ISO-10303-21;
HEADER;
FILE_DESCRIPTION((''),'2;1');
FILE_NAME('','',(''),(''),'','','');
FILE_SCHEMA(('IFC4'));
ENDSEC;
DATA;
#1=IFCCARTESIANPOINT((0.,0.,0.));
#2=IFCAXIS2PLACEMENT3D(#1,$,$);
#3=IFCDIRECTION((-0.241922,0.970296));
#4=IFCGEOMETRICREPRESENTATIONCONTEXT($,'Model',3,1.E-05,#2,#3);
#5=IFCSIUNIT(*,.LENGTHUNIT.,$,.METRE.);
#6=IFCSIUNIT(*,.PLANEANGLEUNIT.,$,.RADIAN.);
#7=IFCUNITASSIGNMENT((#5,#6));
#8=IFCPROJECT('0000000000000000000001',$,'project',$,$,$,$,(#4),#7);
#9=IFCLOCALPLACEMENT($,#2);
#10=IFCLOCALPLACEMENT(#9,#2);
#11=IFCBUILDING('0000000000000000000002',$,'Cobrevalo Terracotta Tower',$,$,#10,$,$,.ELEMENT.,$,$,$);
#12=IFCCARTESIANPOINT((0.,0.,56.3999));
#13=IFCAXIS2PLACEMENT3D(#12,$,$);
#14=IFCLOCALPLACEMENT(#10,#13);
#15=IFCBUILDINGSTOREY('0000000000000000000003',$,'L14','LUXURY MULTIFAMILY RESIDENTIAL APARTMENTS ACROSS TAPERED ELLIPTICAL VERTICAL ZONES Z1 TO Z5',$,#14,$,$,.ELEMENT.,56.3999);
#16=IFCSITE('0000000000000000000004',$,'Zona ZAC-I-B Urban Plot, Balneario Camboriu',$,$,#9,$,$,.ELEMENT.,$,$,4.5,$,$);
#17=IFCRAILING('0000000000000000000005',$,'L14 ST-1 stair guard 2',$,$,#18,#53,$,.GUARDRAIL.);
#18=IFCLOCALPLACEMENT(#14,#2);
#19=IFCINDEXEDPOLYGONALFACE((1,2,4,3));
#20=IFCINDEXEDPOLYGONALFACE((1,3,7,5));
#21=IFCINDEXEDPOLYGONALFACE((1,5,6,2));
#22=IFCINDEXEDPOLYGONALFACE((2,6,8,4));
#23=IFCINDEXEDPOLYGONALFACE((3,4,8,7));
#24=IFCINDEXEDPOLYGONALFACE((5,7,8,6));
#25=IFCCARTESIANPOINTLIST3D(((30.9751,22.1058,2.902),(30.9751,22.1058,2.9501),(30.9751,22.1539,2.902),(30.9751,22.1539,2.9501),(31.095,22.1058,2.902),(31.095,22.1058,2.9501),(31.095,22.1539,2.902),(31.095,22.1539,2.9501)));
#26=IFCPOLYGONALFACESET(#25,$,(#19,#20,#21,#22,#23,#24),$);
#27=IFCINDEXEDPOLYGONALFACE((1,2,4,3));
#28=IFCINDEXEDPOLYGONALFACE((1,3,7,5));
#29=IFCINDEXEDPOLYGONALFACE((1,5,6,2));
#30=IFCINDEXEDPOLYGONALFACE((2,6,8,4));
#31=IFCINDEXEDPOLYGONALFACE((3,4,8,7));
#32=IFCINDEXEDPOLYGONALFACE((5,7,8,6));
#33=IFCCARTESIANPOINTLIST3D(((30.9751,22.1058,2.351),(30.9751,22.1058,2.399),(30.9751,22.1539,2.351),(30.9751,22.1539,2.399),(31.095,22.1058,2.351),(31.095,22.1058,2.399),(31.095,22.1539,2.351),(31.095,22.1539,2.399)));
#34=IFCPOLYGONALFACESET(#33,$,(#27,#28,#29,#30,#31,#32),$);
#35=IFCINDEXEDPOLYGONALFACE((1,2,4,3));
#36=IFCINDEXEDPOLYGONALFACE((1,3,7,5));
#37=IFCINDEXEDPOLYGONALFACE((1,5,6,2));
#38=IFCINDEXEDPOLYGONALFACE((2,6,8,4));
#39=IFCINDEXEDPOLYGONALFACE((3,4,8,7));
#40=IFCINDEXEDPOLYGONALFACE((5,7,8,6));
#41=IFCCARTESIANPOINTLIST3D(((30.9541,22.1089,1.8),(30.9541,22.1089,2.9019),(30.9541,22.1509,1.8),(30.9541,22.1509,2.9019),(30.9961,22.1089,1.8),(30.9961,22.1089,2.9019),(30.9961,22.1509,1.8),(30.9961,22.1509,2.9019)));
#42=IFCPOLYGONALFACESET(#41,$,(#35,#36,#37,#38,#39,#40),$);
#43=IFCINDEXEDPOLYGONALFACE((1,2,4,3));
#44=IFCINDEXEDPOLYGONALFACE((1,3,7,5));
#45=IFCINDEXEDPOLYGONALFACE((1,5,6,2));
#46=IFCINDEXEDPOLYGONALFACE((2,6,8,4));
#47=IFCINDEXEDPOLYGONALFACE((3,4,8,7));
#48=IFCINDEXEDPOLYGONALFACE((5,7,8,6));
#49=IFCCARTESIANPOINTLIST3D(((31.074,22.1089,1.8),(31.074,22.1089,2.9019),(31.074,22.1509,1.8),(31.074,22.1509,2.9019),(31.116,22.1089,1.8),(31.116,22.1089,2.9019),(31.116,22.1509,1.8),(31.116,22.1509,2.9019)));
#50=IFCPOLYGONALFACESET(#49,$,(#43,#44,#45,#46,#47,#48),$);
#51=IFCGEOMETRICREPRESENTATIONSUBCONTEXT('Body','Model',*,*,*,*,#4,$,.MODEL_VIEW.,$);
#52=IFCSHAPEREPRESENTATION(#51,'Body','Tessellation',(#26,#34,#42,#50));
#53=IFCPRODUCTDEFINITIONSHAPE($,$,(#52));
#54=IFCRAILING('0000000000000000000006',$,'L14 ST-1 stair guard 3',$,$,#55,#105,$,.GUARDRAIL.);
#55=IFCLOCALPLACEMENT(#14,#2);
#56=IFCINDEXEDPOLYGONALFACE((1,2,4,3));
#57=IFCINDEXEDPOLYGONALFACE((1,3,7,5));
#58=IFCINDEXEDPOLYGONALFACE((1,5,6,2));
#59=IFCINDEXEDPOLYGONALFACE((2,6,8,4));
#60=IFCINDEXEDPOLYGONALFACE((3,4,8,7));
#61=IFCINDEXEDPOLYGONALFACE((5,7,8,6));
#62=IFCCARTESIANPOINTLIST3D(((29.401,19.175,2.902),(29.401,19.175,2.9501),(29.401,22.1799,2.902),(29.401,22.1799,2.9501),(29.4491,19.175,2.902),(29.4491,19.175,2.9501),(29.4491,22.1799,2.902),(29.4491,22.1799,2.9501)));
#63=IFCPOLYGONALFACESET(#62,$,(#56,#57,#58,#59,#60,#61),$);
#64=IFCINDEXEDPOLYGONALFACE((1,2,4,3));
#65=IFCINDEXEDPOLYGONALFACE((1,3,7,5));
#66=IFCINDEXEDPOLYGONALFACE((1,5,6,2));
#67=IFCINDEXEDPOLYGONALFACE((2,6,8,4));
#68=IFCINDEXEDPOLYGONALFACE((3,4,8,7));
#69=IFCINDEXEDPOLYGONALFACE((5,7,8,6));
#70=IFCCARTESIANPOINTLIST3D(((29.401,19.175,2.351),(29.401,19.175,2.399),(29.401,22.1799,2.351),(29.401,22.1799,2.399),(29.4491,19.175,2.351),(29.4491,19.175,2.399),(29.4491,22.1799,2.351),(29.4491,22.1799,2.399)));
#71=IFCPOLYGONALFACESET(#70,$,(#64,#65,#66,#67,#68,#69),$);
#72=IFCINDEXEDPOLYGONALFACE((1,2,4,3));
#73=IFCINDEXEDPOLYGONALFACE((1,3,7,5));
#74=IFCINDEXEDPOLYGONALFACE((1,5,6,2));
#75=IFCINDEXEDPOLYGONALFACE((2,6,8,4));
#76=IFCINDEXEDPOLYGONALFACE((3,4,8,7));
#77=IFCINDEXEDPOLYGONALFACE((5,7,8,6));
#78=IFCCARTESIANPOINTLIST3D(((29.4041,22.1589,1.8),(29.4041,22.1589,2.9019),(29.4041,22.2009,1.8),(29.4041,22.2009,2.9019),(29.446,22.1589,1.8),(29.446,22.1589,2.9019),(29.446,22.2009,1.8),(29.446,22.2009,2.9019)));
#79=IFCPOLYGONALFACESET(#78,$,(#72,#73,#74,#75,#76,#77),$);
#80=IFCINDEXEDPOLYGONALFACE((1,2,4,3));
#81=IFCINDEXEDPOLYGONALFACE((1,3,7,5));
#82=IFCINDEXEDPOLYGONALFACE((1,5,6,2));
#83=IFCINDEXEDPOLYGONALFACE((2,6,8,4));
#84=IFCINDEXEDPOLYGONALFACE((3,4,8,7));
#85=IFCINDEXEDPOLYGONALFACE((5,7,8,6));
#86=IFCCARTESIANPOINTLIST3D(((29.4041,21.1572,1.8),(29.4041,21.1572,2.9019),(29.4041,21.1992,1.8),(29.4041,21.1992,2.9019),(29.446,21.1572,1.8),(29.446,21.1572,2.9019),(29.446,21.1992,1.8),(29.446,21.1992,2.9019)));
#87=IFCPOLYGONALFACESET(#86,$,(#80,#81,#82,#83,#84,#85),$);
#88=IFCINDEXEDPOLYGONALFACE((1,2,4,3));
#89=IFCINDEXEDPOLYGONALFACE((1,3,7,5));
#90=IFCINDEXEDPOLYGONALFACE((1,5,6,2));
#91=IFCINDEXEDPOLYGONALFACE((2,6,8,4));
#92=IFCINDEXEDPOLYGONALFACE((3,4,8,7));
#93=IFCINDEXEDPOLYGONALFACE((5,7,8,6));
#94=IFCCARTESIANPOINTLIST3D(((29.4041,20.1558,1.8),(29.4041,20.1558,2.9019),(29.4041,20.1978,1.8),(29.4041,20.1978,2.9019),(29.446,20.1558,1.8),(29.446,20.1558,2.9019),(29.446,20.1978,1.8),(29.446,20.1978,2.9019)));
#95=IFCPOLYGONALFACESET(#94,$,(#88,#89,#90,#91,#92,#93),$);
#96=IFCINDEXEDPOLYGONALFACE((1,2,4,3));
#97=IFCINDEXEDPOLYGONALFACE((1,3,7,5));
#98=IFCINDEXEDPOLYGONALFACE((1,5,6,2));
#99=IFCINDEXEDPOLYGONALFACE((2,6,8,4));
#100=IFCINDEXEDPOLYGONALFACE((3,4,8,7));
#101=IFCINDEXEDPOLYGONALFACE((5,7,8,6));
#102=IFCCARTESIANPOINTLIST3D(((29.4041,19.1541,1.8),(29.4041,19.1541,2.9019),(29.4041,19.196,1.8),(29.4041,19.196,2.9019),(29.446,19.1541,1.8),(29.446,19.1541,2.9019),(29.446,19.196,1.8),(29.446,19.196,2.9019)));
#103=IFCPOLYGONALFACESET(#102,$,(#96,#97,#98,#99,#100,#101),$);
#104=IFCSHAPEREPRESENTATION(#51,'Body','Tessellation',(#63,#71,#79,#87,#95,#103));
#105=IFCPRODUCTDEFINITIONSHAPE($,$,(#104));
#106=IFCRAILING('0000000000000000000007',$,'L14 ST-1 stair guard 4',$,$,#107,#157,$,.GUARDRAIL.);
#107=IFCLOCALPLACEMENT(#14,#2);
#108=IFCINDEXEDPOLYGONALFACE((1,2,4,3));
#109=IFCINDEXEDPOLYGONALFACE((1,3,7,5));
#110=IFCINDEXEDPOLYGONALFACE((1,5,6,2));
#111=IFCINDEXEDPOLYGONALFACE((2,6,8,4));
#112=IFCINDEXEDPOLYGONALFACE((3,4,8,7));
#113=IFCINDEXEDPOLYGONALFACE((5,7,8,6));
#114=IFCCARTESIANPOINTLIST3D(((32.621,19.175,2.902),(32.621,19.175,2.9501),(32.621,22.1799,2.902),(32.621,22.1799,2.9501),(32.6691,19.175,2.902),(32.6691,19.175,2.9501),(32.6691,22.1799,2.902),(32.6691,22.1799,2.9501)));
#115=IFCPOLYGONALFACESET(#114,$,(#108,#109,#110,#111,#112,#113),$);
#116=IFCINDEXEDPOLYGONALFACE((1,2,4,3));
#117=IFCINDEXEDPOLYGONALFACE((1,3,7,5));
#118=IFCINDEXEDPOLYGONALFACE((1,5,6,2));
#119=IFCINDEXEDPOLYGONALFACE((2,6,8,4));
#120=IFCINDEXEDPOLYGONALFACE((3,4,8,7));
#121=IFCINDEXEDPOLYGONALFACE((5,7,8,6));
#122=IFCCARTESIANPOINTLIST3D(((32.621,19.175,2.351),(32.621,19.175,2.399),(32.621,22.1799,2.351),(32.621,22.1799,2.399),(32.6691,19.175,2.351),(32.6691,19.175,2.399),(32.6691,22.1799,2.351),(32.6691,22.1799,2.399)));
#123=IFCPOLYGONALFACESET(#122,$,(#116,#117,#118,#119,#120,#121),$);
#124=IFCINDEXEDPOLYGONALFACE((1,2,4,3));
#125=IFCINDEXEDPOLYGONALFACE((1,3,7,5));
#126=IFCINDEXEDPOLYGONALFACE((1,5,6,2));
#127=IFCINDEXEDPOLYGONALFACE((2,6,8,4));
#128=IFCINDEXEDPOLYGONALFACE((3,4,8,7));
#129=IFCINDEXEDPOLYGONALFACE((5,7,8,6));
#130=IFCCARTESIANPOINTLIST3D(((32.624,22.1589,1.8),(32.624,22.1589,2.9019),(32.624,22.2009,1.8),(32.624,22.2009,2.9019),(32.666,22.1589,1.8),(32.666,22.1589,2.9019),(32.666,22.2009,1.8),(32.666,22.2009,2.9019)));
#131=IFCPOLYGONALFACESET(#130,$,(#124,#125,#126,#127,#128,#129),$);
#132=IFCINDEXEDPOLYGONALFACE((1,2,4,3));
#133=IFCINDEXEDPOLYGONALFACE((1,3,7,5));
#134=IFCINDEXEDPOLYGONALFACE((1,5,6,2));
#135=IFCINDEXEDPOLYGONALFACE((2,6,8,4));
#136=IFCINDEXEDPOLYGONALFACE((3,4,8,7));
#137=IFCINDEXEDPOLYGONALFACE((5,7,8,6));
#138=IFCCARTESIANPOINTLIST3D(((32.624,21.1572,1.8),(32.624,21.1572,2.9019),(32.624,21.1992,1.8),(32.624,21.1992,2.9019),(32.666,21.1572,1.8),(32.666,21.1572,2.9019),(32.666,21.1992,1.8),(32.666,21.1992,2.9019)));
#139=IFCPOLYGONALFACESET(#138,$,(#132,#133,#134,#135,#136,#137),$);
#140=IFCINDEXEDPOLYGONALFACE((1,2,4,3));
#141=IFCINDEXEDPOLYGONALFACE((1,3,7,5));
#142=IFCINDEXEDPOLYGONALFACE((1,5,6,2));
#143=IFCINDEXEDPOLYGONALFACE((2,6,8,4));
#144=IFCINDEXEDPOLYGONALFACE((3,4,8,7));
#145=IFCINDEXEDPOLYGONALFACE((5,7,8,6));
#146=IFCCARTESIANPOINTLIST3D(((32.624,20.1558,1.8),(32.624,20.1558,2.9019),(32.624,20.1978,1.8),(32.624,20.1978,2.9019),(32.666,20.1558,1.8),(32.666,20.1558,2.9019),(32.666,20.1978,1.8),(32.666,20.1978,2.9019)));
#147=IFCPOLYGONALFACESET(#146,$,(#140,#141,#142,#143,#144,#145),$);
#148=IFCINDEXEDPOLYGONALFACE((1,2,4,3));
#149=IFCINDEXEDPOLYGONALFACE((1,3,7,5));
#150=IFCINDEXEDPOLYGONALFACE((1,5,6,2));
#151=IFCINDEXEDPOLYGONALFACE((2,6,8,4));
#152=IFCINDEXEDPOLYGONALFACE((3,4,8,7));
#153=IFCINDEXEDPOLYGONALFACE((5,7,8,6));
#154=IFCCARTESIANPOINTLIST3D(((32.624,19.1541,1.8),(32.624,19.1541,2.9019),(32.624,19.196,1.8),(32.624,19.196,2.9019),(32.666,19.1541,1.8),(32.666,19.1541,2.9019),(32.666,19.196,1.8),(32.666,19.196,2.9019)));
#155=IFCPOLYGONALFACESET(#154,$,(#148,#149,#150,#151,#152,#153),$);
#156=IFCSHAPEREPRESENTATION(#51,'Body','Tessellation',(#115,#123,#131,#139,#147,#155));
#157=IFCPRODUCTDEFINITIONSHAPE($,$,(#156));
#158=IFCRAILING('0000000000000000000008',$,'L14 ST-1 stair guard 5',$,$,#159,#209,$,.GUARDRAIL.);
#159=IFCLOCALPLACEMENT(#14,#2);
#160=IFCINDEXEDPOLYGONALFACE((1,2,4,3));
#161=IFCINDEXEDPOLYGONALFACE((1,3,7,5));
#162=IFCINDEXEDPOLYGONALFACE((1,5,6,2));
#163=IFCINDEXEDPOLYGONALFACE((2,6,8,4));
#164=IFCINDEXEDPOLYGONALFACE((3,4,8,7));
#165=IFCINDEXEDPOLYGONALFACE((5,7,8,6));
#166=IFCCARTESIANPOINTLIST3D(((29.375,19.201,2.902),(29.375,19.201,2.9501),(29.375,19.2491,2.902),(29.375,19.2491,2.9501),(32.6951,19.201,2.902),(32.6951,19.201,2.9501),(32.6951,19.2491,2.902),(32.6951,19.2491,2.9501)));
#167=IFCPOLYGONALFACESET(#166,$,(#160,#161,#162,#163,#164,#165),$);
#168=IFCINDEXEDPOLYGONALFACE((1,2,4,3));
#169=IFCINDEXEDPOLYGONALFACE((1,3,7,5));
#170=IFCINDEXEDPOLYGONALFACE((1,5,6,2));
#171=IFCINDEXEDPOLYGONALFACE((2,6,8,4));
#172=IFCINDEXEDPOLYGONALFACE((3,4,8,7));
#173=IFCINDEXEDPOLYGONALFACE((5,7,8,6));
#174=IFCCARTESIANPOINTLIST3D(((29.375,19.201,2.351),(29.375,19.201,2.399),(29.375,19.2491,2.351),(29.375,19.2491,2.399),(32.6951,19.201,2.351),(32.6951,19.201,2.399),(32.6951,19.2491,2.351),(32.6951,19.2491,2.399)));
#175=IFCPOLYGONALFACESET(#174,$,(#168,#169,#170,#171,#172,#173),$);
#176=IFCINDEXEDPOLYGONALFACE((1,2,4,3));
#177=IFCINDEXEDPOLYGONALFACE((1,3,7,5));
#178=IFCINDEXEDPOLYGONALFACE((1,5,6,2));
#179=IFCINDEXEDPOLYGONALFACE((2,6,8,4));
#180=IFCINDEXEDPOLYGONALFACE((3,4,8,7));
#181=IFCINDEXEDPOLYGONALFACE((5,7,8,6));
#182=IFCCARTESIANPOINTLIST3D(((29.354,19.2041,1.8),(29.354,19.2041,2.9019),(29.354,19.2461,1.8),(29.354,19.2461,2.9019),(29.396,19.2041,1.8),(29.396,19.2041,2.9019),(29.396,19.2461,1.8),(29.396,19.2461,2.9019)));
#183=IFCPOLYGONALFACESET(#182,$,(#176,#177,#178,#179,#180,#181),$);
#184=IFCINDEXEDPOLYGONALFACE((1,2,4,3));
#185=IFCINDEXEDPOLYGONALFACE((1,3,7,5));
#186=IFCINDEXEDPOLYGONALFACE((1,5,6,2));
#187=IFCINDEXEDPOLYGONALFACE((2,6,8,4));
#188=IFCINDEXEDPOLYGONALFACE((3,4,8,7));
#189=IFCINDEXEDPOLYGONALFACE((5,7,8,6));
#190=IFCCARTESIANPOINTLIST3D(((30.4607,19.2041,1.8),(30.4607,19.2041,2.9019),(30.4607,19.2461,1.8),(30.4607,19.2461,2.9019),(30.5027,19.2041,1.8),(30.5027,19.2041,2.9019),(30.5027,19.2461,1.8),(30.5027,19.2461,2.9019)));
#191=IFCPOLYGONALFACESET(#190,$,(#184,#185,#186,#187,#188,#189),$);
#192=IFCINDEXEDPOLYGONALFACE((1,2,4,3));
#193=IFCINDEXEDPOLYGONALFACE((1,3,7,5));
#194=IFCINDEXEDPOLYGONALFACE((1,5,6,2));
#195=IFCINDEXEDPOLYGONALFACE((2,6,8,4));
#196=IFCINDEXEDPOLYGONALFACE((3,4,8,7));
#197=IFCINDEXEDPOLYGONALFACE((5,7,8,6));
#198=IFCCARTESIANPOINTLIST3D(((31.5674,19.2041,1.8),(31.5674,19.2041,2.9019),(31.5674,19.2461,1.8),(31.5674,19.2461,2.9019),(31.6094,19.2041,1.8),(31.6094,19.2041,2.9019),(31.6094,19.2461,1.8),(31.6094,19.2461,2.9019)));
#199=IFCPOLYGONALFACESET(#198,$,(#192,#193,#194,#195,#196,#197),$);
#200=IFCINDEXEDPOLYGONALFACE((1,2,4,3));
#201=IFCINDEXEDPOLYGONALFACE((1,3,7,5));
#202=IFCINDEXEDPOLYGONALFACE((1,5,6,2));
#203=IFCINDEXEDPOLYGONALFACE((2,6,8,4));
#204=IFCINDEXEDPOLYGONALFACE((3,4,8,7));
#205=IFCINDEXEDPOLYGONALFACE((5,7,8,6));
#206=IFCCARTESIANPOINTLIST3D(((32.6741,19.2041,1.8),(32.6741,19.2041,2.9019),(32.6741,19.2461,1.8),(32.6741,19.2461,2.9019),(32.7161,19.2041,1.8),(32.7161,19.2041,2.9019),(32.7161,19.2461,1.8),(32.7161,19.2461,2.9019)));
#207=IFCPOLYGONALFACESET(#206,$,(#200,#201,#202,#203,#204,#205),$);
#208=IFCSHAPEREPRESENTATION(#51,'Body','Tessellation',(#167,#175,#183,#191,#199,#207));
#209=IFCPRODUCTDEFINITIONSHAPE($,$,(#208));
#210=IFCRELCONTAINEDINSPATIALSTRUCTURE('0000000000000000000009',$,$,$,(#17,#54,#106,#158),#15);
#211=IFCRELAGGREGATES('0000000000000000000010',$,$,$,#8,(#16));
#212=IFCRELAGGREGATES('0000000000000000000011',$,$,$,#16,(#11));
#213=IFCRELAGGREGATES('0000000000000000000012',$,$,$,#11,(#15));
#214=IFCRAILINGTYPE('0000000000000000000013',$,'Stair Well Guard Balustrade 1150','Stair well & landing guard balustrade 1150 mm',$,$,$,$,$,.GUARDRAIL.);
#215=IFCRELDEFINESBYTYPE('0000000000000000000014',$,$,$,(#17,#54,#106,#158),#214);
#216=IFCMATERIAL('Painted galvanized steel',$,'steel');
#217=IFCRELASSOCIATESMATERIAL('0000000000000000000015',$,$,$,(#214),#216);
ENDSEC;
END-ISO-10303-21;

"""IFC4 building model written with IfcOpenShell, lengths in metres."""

from ifc_helpers import new_model, si_unit, direction, frame, origin, origin_2d, place, context, subcontext, project, spatial, rectangle, extrude, material, type_object, element, save


model = new_model("IFC4")

# Units and contexts
model_context = context("Model", 3, precision=1e-05, world=origin(), true_north=direction((-0.241922, 0.970296)))
body_context = subcontext(model_context, "Body", "Model", "MODEL_VIEW")
ifc_project = project(units=[si_unit("LENGTHUNIT", "METRE"), si_unit("PLANEANGLEUNIT", "RADIAN")], contexts=[model_context])

# Site, building, storey
site_placement = place(None, origin())
site = spatial("IfcSite", under=ifc_project, at=site_placement, Name="Zona ZAC-I-B Urban Plot, Balneario Camboriu", CompositionType="ELEMENT", RefElevation=4.5)
building_placement = place(site_placement, origin())
building = spatial("IfcBuilding", under=site, at=building_placement, Name="Cobrevalo Terracotta Tower", CompositionType="ELEMENT")
storey_placement = place(building_placement, frame((0.0, 0.0, 56.3999)))
storey = spatial("IfcBuildingStorey", under=building, at=storey_placement, Name="L14", Description="LUXURY MULTIFAMILY RESIDENTIAL APARTMENTS ACROSS TAPERED ELLIPTICAL VERTICAL ZONES Z1 TO Z5", CompositionType="ELEMENT", Elevation=56.3999)

# Railings
ifc_material_1 = material(Name="Painted galvanized steel", Category="steel")
railing_type = type_object("IfcRailingType", Name="Stair Well Guard Balustrade 1150", Description="Stair well & landing guard balustrade 1150 mm", PredefinedType="GUARDRAIL", material=ifc_material_1)
railing_1_placement = place(storey_placement, frame((30.9751, 22.1299, 1.8)))
element("IfcRailing", 1, at=railing_1_placement, inside=storey, type_object=railing_type, Name="L14 ST-1 stair guard 2", PredefinedType="GUARDRAIL", context=body_context, shape_type="SweptSolid", body=[
    extrude(rectangle(XDim=0.0481, YDim=0.0481, at=origin_2d()), frame((0.0, 0.0, 1.126), z_axis=(1.0, 0.0, 0.0), x_axis=(0.0, 1.0, 0.0)), (0.0, 0.0, 1.0), 0.1199),
    extrude(rectangle(XDim=0.0481, YDim=0.0481, at=origin_2d()), frame((0.0, 0.0, 0.575), z_axis=(1.0, 0.0, 0.0), x_axis=(0.0, 1.0, 0.0)), (0.0, 0.0, 1.0), 0.1199),
    extrude(rectangle(XDim=0.042, YDim=0.042, at=origin_2d()), origin(), (0.0, 0.0, 1.0), 1.1018),
    extrude(rectangle(XDim=0.042, YDim=0.042, at=origin_2d()), frame((0.1199, 0.0, 0.0)), (0.0, 0.0, 1.0), 1.1018),
])
for number, where, name in (
    (2, (29.425, 22.1799, 1.8), "L14 ST-1 stair guard 3"),
    (3, (32.645, 22.1799, 1.8), "L14 ST-1 stair guard 4"),
):
    element("IfcRailing", number, at=place(storey_placement, frame(where)), inside=storey, type_object=railing_type, Name=name, PredefinedType="GUARDRAIL", context=body_context, shape_type="SweptSolid", body=[
        extrude(rectangle(XDim=0.0481, YDim=0.0481, at=origin_2d()), frame((0.0, 0.0, 1.126), z_axis=(0.0, -1.0, 0.0), x_axis=(1.0, 0.0, 0.0)), (0.0, 0.0, 1.0), 3.0049),
        extrude(rectangle(XDim=0.0481, YDim=0.0481, at=origin_2d()), frame((0.0, 0.0, 0.575), z_axis=(0.0, -1.0, 0.0), x_axis=(1.0, 0.0, 0.0)), (0.0, 0.0, 1.0), 3.0049),
        extrude(rectangle(XDim=0.042, YDim=0.042, at=origin_2d()), origin(), (0.0, 0.0, 1.0), 1.1018),
        extrude(rectangle(XDim=0.042, YDim=0.042, at=origin_2d()), frame((0.0, -1.0017, 0.0)), (0.0, 0.0, 1.0), 1.1018),
        extrude(rectangle(XDim=0.042, YDim=0.042, at=origin_2d()), frame((0.0, -2.0032, 0.0)), (0.0, 0.0, 1.0), 1.1018),
        extrude(rectangle(XDim=0.042, YDim=0.042, at=origin_2d()), frame((0.0, -3.0049, 0.0)), (0.0, 0.0, 1.0), 1.1018),
    ])
railing_2_placement = place(storey_placement, frame((29.375, 19.2251, 1.8)))
element("IfcRailing", 4, at=railing_2_placement, inside=storey, type_object=railing_type, Name="L14 ST-1 stair guard 5", PredefinedType="GUARDRAIL", context=body_context, shape_type="SweptSolid", body=[
    extrude(rectangle(XDim=0.0481, YDim=0.0481, at=origin_2d()), frame((0.0, 0.0, 1.126), z_axis=(1.0, 0.0, 0.0), x_axis=(0.0, 1.0, 0.0)), (0.0, 0.0, 1.0), 3.3201),
    extrude(rectangle(XDim=0.0481, YDim=0.0481, at=origin_2d()), frame((0.0, 0.0, 0.575), z_axis=(1.0, 0.0, 0.0), x_axis=(0.0, 1.0, 0.0)), (0.0, 0.0, 1.0), 3.3201),
    extrude(rectangle(XDim=0.042, YDim=0.042, at=origin_2d()), origin(), (0.0, 0.0, 1.0), 1.1018),
    extrude(rectangle(XDim=0.042, YDim=0.042, at=origin_2d()), frame((1.1067, 0.0, 0.0)), (0.0, 0.0, 1.0), 1.1018),
    extrude(rectangle(XDim=0.042, YDim=0.042, at=origin_2d()), frame((2.2134, 0.0, 0.0)), (0.0, 0.0, 1.0), 1.1018),
    extrude(rectangle(XDim=0.042, YDim=0.042, at=origin_2d()), frame((3.3201, 0.0, 0.0)), (0.0, 0.0, 1.0), 1.1018),
])

save(model, "model.ifc")
